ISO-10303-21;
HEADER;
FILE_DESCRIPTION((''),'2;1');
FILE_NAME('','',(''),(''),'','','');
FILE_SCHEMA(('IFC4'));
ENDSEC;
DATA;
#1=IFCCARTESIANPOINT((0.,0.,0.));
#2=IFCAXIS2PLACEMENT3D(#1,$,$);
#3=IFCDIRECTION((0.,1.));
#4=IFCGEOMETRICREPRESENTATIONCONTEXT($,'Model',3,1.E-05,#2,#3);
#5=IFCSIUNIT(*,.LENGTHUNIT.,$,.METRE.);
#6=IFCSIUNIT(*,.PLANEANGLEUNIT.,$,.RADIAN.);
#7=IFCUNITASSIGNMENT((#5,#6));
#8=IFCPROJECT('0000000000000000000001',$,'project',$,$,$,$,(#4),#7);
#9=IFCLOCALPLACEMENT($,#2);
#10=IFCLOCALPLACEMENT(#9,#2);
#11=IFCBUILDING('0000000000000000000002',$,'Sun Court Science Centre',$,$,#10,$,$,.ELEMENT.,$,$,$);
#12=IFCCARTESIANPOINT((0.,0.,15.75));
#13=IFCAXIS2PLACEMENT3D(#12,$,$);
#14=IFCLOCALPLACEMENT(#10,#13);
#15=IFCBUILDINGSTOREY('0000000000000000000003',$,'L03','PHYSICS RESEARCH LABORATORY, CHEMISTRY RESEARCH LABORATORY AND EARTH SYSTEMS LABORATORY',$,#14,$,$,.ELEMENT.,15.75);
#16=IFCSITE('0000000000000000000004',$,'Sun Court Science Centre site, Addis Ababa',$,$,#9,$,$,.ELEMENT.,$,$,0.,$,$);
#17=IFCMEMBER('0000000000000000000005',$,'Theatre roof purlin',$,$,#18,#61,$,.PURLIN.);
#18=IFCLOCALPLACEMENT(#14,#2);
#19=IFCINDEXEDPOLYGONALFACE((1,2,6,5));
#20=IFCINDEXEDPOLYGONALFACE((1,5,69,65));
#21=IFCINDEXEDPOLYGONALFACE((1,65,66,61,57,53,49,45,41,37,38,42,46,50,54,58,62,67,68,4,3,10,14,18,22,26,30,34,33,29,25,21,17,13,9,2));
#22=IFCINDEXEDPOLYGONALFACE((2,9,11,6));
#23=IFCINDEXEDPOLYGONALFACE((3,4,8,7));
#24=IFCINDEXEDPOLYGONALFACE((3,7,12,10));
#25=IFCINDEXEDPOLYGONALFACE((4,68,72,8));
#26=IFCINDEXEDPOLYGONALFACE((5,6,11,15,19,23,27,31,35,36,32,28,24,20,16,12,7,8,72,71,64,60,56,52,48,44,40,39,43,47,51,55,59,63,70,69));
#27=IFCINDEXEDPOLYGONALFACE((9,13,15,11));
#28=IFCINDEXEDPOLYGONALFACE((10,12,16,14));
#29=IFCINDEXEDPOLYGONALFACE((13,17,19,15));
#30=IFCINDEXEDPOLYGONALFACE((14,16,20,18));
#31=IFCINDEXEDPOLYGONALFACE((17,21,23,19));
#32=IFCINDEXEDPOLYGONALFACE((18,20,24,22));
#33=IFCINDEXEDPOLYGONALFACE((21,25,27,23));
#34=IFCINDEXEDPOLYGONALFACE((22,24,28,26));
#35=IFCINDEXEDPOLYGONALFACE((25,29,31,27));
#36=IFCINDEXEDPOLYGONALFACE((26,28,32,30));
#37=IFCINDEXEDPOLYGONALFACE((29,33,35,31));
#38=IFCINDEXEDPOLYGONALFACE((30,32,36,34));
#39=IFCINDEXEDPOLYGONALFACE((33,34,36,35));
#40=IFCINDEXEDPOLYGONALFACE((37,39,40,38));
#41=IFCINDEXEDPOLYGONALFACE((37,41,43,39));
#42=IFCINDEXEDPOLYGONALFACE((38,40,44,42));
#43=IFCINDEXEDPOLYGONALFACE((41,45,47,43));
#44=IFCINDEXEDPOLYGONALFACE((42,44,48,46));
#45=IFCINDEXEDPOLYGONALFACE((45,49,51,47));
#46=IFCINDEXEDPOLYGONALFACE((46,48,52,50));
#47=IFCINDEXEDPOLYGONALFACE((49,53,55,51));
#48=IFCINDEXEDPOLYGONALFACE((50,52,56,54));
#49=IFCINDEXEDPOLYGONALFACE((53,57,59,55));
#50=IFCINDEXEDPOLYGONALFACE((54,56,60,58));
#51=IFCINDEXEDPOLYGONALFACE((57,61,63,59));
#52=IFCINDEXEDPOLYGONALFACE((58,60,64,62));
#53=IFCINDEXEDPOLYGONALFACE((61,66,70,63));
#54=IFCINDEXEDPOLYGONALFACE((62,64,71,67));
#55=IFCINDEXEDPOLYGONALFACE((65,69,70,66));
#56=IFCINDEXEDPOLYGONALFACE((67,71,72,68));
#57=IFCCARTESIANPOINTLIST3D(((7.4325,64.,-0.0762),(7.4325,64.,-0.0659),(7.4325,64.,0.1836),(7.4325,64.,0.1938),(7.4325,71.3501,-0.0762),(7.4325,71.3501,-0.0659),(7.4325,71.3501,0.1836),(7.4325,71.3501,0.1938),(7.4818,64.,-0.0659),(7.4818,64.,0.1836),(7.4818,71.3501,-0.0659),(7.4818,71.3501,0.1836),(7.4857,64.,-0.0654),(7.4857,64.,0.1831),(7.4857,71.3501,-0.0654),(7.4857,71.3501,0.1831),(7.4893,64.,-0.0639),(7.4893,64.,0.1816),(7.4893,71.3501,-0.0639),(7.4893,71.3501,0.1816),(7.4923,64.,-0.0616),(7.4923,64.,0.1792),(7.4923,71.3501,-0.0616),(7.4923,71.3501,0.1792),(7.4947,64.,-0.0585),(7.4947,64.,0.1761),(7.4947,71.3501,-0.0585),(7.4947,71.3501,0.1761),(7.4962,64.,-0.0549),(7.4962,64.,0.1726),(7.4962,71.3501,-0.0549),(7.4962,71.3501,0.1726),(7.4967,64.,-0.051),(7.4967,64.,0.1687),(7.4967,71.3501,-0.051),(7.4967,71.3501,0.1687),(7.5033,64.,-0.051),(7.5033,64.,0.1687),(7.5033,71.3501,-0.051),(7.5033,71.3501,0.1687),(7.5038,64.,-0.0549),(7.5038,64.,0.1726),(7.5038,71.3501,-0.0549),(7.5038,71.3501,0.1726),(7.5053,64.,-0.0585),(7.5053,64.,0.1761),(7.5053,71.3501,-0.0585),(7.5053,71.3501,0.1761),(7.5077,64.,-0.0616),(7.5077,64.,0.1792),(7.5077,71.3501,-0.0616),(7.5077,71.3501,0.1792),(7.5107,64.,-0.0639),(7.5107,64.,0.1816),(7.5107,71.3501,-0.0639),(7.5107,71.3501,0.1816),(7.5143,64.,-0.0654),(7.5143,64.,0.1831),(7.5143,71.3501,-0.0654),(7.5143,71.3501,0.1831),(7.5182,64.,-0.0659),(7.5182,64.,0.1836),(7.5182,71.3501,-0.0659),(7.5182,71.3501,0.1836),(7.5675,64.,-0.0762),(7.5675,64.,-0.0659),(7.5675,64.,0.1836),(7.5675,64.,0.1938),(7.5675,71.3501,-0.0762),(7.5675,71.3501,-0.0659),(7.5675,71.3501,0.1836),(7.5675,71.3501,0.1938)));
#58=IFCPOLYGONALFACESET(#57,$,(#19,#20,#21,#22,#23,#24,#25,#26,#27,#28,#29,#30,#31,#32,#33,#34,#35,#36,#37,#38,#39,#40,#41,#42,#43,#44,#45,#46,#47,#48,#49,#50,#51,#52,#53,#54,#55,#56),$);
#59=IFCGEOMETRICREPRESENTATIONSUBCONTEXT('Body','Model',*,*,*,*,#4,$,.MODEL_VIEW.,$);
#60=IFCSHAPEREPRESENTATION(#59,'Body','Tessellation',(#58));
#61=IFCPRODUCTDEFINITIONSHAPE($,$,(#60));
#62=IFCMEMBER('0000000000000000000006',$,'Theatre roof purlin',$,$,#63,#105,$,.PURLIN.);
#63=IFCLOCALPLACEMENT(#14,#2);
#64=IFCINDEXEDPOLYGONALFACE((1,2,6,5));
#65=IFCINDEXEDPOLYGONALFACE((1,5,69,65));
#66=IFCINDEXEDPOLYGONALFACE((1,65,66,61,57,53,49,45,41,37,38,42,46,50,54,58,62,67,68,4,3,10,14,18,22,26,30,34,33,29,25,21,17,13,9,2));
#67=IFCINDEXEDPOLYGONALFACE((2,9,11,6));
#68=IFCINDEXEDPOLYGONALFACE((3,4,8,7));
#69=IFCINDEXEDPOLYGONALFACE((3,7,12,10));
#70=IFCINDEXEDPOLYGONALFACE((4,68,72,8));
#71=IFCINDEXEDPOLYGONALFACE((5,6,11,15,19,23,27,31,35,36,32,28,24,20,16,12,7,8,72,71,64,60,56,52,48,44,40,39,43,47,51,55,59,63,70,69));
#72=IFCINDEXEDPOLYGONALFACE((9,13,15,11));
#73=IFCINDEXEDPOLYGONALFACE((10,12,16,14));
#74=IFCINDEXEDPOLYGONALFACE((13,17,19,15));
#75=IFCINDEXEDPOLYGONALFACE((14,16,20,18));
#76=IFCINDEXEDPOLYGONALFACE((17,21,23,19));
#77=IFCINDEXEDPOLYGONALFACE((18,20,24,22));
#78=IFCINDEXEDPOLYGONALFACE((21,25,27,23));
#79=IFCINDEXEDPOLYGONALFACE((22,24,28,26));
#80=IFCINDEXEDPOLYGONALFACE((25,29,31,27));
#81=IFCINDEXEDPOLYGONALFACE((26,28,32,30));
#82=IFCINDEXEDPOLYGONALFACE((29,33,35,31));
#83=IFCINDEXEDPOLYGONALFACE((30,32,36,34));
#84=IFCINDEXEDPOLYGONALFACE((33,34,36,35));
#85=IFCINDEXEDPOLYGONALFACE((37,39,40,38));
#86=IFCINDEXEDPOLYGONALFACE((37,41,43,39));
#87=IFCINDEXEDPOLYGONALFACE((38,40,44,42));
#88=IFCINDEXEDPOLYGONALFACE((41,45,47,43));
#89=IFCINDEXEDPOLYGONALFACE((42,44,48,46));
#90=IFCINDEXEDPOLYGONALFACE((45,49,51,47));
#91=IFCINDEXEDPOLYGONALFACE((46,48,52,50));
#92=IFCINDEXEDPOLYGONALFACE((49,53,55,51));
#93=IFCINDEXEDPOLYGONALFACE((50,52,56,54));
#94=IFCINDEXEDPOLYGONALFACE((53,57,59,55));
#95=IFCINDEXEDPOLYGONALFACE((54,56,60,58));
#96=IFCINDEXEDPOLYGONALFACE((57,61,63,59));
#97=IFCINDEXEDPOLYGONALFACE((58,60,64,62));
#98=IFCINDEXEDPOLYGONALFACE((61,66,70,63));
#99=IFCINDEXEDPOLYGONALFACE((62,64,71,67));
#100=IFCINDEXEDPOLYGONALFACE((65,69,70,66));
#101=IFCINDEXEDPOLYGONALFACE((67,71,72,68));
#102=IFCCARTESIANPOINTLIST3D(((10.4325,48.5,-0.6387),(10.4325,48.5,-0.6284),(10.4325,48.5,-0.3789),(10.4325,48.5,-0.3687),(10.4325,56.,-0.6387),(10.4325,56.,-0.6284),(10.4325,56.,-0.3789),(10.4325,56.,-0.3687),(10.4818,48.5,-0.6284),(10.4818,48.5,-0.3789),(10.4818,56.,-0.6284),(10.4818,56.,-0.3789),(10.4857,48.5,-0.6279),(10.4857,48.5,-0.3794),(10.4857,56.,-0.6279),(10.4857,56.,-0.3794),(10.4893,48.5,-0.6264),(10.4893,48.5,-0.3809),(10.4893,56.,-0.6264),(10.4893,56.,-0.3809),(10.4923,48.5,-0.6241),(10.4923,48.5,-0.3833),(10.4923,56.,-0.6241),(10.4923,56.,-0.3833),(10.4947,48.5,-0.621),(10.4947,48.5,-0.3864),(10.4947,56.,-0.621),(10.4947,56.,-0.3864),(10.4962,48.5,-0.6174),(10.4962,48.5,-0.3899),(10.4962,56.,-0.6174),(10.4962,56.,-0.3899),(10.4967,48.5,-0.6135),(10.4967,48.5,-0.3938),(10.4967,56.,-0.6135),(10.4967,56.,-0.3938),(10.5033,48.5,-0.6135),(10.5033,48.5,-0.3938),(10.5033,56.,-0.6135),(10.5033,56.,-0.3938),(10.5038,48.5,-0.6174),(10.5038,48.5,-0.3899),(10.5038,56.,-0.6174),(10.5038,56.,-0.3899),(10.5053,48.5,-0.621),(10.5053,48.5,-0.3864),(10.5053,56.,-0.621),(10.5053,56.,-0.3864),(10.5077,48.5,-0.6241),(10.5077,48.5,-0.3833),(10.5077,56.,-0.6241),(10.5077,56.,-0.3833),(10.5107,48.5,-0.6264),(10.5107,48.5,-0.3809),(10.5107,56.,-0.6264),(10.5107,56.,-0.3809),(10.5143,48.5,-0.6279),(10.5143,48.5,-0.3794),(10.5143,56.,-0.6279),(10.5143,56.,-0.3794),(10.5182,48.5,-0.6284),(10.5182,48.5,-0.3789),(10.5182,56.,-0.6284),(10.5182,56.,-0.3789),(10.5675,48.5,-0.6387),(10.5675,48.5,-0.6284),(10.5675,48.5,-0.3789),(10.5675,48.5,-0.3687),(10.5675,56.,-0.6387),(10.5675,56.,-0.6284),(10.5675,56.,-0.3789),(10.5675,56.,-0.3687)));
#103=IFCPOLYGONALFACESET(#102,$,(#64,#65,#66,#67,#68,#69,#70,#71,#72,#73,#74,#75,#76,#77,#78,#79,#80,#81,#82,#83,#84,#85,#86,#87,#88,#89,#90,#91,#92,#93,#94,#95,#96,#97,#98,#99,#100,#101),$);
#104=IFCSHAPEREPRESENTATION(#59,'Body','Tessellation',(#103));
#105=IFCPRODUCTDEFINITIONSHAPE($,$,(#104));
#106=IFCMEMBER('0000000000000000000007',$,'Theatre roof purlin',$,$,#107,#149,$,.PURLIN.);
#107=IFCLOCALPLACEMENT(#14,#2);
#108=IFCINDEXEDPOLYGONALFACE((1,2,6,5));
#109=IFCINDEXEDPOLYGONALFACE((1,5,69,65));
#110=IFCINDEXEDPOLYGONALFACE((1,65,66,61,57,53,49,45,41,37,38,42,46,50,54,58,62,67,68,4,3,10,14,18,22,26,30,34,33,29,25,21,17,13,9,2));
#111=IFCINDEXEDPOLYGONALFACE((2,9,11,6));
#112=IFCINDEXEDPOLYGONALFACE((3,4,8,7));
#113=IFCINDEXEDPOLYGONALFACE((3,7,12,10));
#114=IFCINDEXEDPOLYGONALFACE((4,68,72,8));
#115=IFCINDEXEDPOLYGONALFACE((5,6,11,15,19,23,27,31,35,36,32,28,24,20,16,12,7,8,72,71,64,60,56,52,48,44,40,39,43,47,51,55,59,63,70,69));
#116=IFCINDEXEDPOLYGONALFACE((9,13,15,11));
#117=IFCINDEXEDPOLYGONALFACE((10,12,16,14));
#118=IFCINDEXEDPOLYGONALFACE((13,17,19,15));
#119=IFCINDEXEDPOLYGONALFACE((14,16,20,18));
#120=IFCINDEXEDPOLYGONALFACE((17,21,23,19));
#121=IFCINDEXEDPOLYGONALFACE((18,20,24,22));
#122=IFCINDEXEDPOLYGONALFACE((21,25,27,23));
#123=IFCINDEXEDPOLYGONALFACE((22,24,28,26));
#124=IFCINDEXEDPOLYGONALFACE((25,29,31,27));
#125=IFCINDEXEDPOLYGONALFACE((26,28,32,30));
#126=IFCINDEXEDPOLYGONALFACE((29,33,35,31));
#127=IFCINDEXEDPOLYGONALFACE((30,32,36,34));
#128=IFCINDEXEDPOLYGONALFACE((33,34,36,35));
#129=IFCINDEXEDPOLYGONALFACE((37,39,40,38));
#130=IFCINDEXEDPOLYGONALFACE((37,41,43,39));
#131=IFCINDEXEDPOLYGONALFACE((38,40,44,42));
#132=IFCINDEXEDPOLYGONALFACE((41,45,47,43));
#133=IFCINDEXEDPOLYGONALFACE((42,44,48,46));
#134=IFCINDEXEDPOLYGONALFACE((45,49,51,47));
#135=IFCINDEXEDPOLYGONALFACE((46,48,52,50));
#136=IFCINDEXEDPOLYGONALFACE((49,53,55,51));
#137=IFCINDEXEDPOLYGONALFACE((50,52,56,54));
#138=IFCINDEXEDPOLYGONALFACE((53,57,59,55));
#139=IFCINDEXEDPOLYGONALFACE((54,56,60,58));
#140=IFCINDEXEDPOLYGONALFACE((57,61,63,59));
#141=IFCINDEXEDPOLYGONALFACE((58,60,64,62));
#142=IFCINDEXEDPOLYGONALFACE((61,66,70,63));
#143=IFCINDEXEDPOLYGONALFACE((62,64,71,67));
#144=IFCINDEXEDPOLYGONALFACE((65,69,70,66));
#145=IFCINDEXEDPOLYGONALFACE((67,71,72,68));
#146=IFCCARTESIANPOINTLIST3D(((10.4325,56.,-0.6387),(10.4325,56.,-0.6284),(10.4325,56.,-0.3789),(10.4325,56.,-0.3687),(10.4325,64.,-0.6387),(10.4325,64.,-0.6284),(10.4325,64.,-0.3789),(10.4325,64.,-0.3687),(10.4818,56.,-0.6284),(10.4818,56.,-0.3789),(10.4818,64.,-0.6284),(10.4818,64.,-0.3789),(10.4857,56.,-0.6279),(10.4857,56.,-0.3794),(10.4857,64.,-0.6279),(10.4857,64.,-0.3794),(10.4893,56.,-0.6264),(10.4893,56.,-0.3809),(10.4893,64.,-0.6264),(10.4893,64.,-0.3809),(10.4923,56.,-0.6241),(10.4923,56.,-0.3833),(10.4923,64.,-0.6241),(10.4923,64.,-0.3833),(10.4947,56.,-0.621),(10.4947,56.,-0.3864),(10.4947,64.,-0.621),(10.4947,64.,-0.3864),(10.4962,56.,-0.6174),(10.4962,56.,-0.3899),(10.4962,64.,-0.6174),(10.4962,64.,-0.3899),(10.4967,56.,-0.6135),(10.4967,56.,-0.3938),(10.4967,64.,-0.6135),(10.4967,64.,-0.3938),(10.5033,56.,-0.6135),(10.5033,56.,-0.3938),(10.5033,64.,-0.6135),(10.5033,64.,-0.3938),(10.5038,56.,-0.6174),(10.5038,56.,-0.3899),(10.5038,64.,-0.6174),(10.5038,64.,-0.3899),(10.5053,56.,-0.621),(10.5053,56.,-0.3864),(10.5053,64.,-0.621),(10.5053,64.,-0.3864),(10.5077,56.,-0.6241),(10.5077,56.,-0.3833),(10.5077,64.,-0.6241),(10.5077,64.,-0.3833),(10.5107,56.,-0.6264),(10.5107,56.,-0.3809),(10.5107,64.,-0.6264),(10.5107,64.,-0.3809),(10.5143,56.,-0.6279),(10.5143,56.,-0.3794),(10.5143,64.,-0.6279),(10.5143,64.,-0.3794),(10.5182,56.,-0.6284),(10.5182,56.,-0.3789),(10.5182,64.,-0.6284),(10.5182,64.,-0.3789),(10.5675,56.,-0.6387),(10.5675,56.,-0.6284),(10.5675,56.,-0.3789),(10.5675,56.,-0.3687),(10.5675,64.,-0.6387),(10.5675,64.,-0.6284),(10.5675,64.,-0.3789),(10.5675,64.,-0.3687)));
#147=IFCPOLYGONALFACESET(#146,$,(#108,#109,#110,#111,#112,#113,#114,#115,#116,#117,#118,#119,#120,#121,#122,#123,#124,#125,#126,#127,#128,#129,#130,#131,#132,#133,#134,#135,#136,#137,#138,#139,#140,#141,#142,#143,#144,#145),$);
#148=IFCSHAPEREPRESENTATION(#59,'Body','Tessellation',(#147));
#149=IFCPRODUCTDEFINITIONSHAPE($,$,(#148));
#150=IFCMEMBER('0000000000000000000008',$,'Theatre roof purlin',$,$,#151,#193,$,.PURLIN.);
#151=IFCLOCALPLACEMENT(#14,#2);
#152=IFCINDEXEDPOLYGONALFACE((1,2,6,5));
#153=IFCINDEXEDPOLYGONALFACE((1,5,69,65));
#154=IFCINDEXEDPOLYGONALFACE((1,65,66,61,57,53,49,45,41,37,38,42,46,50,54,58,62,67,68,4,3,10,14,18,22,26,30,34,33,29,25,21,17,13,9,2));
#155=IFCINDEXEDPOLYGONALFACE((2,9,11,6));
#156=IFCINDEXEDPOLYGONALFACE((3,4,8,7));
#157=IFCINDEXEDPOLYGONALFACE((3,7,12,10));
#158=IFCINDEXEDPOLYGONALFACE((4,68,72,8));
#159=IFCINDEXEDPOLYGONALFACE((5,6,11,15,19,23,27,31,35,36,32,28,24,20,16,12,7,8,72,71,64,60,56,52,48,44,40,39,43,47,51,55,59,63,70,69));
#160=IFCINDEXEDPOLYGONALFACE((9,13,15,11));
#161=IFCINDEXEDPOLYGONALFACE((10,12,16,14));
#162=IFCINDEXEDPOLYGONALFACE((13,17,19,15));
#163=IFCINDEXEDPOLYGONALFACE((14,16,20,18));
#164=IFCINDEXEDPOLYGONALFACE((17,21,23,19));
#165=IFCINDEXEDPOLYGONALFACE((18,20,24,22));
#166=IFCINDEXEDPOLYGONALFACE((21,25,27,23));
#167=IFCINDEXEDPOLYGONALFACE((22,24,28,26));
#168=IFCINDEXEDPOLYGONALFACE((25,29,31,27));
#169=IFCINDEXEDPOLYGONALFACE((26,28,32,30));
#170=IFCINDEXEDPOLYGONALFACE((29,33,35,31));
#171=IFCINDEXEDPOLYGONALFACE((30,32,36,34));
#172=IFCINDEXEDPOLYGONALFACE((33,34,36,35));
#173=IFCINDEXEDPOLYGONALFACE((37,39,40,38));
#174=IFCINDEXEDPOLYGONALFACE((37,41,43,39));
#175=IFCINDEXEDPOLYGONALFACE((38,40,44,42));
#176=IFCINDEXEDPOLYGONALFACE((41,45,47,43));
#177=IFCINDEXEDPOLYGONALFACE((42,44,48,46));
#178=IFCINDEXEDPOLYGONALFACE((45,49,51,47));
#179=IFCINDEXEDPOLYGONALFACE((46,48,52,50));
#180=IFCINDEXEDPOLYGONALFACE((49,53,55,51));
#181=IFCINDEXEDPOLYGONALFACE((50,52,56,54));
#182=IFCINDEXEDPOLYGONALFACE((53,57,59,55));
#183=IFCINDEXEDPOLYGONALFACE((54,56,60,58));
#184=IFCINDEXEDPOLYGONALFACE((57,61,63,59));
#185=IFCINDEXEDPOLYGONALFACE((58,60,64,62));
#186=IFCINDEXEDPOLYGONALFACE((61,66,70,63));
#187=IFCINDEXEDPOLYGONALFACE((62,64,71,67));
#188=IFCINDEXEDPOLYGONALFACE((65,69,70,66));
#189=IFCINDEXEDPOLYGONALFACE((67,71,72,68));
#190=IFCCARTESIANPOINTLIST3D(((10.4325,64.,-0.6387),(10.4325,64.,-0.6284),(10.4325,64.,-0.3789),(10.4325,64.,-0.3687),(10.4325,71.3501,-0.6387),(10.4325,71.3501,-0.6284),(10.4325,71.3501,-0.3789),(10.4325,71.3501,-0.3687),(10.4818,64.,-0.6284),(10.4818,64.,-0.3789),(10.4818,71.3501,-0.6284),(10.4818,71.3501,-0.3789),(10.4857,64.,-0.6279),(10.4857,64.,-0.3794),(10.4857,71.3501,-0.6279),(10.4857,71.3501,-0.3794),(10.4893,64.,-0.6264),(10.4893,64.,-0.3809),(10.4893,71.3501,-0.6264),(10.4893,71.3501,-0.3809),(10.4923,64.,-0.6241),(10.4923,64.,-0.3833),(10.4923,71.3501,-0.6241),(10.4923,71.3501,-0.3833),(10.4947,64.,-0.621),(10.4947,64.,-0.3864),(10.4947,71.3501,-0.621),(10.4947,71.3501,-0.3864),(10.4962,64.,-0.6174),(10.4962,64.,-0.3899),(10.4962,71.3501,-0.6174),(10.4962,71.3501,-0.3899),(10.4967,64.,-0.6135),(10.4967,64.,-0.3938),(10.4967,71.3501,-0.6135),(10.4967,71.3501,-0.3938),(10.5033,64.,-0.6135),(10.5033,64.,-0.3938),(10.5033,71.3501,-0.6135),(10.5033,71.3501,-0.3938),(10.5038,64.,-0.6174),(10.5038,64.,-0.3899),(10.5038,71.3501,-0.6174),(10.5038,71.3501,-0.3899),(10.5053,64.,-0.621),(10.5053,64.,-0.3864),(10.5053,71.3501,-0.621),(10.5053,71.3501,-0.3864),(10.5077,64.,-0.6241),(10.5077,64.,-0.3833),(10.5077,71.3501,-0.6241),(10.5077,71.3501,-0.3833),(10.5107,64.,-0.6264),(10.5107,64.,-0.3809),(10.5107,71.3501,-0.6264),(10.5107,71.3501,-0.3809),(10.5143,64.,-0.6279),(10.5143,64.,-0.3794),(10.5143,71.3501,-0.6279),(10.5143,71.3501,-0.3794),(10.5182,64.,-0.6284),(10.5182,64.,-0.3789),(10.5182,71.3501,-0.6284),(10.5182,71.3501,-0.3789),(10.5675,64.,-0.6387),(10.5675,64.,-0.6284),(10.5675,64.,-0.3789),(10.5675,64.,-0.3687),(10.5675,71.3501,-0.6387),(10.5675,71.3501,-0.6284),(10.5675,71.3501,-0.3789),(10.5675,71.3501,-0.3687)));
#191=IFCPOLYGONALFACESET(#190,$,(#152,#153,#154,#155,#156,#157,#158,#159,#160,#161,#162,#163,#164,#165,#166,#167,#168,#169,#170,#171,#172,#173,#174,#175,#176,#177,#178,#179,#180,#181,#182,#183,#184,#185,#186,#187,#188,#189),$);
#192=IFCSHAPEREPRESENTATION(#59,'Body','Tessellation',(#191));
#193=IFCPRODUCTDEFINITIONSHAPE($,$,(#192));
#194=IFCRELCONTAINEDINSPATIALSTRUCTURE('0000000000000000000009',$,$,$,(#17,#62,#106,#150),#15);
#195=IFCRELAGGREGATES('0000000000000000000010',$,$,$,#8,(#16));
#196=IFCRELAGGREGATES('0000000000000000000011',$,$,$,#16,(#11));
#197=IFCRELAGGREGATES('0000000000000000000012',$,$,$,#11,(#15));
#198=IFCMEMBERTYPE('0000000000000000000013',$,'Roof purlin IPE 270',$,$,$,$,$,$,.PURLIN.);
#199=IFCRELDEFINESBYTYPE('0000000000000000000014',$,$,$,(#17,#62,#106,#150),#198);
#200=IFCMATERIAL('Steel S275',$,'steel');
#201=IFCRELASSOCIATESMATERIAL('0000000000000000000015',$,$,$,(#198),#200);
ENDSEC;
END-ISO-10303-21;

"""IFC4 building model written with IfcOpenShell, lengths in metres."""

from ifc_helpers import new_model, si_unit, direction, frame, origin, origin_2d, place, context, subcontext, project, spatial, i_section, extrude, material, material_profile, profile_set, type_object, element, save


model = new_model("IFC4")

# Units and contexts
model_context = context("Model", 3, precision=1e-05, world=origin(), true_north=direction((0.0, 1.0)))
body_context = subcontext(model_context, "Body", "Model", "MODEL_VIEW")
ifc_project = project(units=[si_unit("LENGTHUNIT", "METRE"), si_unit("PLANEANGLEUNIT", "RADIAN")], contexts=[model_context])

# Site, building, storey
site_placement = place(None, origin())
site = spatial("IfcSite", under=ifc_project, at=site_placement, Name="Sun Court Science Centre site, Addis Ababa", CompositionType="ELEMENT", RefElevation=0.0)
building_placement = place(site_placement, origin())
building = spatial("IfcBuilding", under=site, at=building_placement, Name="Sun Court Science Centre", CompositionType="ELEMENT")
storey_placement = place(building_placement, frame((0.0, 0.0, 15.75)))
storey = spatial("IfcBuildingStorey", under=building, at=storey_placement, Name="L03", Description="PHYSICS RESEARCH LABORATORY, CHEMISTRY RESEARCH LABORATORY AND EARTH SYSTEMS LABORATORY", CompositionType="ELEMENT", Elevation=15.75)

# Members
ifc_material_1 = material(Name="Steel S275", Category="steel")
ifc_material_profile = material_profile(ifc_material_1, i_section(OverallWidth=0.135, OverallDepth=0.27, WebThickness=0.0066, FlangeThickness=0.0103, FilletRadius=0.0149, at=origin_2d()), Name="IPE 270")
ifc_profile_set = profile_set([ifc_material_profile], Name="Steel S275")
member_type = type_object("IfcMemberType", Name="Roof purlin IPE 270", PredefinedType="PURLIN", material=ifc_profile_set)
member_1_placement = place(storey_placement, frame((7.5, 64.0, 0.0588), z_axis=(0.0, 1.0, 0.0), x_axis=(-1.0, 0.0, 0.0)))
element("IfcMember", 1, at=member_1_placement, inside=storey, type_object=member_type, Name="Theatre roof purlin", PredefinedType="PURLIN", context=body_context, shape_type="SweptSolid", body=[
    extrude(i_section(OverallWidth=0.135, OverallDepth=0.27, WebThickness=0.0066, FlangeThickness=0.0103, FilletRadius=0.0149, at=origin_2d()), origin(), (0.0, 0.0, 1.0), 7.3501),
])
member_2_placement = place(storey_placement, frame((10.5, 48.5, -0.5037), z_axis=(0.0, 1.0, 0.0), x_axis=(-1.0, 0.0, 0.0)))
element("IfcMember", 2, at=member_2_placement, inside=storey, type_object=member_type, Name="Theatre roof purlin", PredefinedType="PURLIN", context=body_context, shape_type="SweptSolid", body=[
    extrude(i_section(OverallWidth=0.135, OverallDepth=0.27, WebThickness=0.0066, FlangeThickness=0.0103, FilletRadius=0.0149, at=origin_2d()), origin(), (0.0, 0.0, 1.0), 7.5),
])
member_3_placement = place(storey_placement, frame((10.5, 56.0, -0.5037), z_axis=(0.0, 1.0, 0.0), x_axis=(-1.0, 0.0, 0.0)))
element("IfcMember", 3, at=member_3_placement, inside=storey, type_object=member_type, Name="Theatre roof purlin", PredefinedType="PURLIN", context=body_context, shape_type="SweptSolid", body=[
    extrude(i_section(OverallWidth=0.135, OverallDepth=0.27, WebThickness=0.0066, FlangeThickness=0.0103, FilletRadius=0.0149, at=origin_2d()), origin(), (0.0, 0.0, 1.0), 8.0),
])
member_4_placement = place(storey_placement, frame((10.5, 64.0, -0.5037), z_axis=(0.0, 1.0, 0.0), x_axis=(-1.0, 0.0, 0.0)))
element("IfcMember", 4, at=member_4_placement, inside=storey, type_object=member_type, Name="Theatre roof purlin", PredefinedType="PURLIN", context=body_context, shape_type="SweptSolid", body=[
    extrude(i_section(OverallWidth=0.135, OverallDepth=0.27, WebThickness=0.0066, FlangeThickness=0.0103, FilletRadius=0.0149, at=origin_2d()), origin(), (0.0, 0.0, 1.0), 7.3501),
])

save(model, "model.ifc")
